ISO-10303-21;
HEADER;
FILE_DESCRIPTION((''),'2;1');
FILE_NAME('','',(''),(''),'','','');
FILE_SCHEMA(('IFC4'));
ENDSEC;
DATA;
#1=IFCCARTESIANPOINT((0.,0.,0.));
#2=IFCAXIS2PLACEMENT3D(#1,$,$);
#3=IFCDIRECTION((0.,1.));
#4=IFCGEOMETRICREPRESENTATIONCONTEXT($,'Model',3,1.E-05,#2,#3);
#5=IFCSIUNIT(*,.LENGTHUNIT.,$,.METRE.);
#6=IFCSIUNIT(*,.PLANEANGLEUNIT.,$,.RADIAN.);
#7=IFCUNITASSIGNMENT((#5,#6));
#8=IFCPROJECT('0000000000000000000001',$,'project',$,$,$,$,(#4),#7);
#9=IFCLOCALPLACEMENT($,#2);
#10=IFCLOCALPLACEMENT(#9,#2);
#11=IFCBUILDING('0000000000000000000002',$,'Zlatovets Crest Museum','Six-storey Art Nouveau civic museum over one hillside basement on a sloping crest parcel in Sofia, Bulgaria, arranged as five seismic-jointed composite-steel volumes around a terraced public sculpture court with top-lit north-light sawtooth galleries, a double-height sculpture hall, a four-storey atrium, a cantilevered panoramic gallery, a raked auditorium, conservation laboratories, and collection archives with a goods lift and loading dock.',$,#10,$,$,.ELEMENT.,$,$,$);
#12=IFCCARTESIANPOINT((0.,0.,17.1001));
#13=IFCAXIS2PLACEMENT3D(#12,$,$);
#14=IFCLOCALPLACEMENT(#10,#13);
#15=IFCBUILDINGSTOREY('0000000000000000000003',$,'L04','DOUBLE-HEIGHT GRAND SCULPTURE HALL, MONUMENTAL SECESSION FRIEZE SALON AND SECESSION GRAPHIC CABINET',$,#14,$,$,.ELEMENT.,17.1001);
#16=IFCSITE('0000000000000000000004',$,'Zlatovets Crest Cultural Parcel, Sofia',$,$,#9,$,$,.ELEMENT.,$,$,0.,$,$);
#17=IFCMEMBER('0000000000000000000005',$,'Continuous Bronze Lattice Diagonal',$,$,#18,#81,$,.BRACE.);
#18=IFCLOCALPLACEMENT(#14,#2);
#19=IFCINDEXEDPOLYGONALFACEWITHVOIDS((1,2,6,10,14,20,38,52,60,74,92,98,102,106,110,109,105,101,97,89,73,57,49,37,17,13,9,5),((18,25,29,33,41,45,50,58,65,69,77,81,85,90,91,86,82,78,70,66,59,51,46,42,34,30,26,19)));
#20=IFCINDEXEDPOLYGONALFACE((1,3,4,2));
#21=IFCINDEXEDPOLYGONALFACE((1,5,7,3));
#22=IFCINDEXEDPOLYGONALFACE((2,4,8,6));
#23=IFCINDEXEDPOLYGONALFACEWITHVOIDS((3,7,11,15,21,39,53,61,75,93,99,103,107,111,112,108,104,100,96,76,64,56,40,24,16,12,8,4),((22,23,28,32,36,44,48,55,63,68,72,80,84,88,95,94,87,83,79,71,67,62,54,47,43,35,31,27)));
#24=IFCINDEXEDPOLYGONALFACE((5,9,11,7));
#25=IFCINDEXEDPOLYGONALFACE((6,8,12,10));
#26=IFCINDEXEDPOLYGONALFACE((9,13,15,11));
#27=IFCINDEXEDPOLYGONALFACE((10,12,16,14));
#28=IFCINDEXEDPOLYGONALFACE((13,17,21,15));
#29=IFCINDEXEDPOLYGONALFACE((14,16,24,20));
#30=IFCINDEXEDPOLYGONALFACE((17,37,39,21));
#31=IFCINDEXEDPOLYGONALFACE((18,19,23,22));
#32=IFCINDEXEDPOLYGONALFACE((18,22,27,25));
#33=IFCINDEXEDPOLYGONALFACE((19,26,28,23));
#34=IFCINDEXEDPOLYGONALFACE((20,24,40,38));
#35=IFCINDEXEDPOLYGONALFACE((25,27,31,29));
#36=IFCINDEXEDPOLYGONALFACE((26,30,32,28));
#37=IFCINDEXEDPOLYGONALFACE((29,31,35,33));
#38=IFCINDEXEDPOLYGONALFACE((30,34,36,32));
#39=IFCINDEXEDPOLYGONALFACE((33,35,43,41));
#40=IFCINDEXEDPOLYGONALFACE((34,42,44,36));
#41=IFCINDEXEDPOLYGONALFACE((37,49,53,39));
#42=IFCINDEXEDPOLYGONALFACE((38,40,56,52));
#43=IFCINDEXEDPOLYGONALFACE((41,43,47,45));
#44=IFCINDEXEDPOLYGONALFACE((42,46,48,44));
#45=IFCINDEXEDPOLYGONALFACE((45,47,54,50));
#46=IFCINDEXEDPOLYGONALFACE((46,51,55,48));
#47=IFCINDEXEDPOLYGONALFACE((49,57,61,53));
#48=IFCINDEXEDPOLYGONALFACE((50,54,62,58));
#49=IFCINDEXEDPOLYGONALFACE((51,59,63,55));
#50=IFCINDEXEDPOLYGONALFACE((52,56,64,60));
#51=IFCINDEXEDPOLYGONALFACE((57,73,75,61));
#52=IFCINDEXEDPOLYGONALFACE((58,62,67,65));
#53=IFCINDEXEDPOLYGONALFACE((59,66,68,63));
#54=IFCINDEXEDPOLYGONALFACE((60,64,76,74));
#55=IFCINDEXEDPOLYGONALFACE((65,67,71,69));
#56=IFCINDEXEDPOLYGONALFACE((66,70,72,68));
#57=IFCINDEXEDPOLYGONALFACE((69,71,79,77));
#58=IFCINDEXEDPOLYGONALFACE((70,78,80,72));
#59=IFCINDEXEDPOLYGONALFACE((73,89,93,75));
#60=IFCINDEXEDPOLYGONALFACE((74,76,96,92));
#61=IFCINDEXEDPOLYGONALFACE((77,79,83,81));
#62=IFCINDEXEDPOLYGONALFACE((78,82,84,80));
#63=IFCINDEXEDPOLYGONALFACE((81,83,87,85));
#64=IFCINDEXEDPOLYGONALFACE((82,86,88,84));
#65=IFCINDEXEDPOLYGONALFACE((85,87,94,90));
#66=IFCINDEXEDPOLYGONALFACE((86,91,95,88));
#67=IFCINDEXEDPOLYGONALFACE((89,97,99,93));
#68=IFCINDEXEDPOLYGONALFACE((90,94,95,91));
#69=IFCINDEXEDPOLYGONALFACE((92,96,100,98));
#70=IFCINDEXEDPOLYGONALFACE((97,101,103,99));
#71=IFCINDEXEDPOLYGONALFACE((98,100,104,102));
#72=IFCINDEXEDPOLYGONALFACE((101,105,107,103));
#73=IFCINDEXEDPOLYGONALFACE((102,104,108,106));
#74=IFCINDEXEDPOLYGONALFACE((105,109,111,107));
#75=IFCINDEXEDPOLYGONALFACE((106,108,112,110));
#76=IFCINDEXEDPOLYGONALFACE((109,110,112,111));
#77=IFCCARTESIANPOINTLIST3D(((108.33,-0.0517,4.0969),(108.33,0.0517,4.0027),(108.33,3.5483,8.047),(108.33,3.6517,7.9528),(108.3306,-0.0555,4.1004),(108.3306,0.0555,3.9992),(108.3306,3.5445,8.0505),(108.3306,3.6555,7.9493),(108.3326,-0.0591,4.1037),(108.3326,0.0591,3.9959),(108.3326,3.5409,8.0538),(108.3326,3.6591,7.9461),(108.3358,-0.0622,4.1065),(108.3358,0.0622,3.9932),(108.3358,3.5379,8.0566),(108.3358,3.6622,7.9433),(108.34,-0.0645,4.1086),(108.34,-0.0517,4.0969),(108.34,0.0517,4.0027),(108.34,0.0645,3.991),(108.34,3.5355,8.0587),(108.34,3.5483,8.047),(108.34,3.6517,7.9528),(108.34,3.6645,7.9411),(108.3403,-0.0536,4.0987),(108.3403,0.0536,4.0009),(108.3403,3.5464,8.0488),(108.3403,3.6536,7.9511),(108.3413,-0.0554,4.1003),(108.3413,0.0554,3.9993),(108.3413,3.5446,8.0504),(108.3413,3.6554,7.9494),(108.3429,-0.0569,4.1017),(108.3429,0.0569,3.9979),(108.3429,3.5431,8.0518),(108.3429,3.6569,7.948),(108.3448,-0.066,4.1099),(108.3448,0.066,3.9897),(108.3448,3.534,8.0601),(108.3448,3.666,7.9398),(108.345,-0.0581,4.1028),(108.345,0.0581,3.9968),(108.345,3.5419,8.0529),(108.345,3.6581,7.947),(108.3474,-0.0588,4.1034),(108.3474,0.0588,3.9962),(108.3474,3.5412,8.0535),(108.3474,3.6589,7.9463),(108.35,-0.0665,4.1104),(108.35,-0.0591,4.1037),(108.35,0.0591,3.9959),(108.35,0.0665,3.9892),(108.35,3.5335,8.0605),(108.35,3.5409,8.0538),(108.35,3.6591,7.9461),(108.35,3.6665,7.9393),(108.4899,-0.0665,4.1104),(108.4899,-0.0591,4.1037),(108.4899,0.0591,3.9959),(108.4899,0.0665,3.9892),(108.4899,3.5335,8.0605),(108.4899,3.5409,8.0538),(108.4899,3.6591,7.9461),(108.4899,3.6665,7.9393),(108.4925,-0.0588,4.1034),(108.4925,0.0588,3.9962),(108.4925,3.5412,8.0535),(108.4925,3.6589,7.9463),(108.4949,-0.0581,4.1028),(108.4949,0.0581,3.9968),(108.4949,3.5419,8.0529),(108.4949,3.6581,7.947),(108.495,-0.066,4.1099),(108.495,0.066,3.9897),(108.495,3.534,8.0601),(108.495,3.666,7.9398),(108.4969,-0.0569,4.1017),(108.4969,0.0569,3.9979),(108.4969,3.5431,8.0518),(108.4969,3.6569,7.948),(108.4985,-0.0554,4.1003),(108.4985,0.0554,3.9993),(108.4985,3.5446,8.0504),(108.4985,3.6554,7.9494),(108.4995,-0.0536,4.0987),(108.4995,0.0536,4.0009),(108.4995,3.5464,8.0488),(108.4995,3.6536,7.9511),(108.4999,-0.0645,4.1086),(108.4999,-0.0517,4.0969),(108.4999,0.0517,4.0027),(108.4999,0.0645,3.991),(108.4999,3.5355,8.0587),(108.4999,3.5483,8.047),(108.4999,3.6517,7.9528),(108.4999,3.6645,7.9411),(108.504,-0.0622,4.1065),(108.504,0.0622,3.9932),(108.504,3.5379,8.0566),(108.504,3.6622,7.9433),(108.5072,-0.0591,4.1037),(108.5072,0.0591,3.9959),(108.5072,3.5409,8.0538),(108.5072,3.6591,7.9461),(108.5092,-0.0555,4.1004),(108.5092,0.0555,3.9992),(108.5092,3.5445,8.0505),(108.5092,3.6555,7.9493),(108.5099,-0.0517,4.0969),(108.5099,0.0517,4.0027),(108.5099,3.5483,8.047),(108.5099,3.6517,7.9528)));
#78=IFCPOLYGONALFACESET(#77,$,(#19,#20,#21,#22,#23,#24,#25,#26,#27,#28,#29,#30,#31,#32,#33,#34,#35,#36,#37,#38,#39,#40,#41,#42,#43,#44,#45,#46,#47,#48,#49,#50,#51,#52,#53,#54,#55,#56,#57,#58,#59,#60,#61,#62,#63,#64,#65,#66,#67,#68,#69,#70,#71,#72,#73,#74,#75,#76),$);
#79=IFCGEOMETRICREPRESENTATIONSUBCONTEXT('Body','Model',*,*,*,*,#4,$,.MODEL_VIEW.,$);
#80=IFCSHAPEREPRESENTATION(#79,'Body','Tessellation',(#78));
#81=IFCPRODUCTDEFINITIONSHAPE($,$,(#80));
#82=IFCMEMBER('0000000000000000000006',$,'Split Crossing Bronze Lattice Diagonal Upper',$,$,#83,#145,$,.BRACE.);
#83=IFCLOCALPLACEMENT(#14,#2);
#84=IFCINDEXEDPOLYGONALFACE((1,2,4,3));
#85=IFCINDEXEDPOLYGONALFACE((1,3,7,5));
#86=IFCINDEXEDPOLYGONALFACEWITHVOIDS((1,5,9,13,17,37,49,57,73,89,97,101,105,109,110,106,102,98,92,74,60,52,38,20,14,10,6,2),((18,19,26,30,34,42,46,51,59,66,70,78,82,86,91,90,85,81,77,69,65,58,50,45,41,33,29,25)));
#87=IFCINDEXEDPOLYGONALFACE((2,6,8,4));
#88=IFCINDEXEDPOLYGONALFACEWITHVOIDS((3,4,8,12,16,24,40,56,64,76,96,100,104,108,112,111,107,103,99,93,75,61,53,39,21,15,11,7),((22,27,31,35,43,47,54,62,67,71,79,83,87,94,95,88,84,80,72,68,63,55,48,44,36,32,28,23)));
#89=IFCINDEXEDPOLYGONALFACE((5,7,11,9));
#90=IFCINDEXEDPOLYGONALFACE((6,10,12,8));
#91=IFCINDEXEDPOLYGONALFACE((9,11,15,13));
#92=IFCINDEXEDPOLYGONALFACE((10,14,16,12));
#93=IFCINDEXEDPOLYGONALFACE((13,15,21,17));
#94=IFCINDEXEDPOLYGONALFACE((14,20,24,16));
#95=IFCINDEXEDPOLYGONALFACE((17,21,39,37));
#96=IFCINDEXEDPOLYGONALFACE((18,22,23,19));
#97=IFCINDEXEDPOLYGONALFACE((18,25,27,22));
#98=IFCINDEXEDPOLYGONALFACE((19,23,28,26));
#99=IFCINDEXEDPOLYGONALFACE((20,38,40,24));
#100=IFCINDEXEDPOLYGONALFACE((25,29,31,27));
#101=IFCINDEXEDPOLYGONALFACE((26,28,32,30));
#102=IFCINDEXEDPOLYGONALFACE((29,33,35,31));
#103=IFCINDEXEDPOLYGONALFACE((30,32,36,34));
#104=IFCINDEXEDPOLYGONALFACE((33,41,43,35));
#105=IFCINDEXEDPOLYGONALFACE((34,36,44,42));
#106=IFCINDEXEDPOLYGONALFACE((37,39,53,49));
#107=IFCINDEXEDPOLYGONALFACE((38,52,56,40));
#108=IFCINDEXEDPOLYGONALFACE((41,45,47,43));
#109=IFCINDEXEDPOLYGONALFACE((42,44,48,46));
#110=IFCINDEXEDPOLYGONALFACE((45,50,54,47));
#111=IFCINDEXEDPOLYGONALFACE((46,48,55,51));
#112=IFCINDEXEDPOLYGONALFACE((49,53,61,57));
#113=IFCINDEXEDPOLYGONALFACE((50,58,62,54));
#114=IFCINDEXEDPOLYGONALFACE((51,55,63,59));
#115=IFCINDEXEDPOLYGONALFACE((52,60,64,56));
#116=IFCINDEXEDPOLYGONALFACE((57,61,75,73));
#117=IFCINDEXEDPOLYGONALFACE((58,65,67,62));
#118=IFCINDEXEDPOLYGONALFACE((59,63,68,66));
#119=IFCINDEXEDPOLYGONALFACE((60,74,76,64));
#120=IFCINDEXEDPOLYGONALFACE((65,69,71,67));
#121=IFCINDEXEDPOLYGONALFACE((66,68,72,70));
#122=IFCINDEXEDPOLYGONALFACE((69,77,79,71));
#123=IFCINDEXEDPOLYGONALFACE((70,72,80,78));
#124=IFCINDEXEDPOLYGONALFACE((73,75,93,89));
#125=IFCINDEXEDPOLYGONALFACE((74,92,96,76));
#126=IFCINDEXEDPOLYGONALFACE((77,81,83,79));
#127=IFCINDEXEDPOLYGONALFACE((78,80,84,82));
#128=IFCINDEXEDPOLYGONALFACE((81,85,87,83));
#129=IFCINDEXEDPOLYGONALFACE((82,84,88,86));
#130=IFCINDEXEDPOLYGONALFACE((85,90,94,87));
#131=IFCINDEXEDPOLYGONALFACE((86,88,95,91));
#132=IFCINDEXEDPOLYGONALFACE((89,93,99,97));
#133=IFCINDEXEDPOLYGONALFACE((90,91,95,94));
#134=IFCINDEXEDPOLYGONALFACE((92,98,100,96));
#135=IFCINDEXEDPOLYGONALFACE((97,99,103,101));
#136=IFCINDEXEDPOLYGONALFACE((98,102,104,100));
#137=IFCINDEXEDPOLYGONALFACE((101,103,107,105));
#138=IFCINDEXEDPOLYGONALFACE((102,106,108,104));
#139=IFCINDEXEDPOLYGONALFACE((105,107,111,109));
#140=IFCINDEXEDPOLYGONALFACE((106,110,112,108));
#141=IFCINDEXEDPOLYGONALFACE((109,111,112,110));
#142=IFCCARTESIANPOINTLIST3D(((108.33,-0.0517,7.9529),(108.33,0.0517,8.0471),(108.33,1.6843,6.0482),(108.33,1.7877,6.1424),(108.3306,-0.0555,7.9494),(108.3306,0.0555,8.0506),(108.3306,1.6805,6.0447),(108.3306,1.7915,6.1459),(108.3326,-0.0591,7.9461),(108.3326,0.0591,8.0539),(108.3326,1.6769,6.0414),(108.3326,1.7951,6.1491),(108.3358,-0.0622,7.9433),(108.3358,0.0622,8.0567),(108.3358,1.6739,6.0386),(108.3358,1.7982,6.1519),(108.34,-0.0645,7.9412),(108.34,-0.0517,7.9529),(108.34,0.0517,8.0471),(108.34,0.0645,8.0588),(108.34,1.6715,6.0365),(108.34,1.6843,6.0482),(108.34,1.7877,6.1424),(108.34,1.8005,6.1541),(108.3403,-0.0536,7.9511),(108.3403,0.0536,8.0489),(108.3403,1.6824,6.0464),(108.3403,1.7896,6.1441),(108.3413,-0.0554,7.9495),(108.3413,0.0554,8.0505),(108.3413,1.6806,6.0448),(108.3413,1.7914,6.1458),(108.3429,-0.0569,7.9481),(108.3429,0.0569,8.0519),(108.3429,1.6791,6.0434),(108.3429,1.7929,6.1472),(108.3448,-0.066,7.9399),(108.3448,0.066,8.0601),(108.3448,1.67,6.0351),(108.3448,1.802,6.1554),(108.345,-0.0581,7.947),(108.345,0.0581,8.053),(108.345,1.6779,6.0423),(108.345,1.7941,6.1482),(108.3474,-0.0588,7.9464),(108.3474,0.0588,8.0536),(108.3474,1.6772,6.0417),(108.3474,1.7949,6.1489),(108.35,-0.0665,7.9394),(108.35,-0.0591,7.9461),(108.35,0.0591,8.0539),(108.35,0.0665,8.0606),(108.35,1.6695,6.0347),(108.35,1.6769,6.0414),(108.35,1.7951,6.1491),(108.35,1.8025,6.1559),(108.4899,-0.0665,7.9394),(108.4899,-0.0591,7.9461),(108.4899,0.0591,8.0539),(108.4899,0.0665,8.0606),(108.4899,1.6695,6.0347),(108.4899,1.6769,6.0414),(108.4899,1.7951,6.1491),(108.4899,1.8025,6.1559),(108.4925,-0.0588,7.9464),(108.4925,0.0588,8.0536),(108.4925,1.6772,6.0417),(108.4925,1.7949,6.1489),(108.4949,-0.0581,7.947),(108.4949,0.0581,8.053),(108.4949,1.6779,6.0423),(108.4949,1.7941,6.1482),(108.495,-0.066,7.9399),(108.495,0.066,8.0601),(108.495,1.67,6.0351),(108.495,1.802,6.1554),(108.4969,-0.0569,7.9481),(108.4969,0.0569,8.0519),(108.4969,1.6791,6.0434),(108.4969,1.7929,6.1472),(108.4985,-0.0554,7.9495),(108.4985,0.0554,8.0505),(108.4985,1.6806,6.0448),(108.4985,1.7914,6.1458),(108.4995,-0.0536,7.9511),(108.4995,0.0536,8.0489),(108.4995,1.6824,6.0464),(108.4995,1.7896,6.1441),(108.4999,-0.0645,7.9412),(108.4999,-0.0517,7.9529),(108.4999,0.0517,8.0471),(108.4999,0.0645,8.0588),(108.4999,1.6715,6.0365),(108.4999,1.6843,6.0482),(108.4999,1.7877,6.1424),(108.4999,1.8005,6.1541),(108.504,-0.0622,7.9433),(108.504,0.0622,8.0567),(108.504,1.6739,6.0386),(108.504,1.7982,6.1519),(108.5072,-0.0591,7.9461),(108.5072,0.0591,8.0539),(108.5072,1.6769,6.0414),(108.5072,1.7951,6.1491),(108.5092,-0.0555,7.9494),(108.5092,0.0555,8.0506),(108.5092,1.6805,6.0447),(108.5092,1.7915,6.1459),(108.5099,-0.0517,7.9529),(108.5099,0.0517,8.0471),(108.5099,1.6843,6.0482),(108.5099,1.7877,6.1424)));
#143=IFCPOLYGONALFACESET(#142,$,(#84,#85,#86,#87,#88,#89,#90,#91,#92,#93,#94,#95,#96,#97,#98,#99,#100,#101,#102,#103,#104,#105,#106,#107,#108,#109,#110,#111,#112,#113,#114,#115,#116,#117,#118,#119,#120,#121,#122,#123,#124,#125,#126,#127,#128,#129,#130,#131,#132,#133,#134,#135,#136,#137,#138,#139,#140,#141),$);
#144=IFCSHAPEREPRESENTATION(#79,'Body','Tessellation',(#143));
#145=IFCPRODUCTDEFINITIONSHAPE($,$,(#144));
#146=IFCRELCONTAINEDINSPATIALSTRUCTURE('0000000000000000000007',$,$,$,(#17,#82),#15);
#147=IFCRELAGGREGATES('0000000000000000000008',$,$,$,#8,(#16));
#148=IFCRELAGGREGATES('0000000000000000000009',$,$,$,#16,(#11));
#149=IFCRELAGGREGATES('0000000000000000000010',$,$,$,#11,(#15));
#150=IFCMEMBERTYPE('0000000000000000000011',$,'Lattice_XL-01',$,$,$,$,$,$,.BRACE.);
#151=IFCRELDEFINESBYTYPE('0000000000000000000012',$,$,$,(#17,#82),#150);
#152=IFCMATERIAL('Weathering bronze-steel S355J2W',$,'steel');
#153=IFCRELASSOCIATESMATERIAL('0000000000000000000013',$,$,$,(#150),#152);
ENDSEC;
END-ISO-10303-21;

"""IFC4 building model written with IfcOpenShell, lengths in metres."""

from ifc_helpers import new_model, si_unit, direction, frame, origin, origin_2d, place, context, subcontext, project, spatial, hollow_rectangle, extrude, material, material_profile, profile_set, type_object, element, save


model = new_model("IFC4")

# Units and contexts
model_context = context("Model", 3, precision=1e-05, world=origin(), true_north=direction((0.0, 1.0)))
body_context = subcontext(model_context, "Body", "Model", "MODEL_VIEW")
ifc_project = project(units=[si_unit("LENGTHUNIT", "METRE"), si_unit("PLANEANGLEUNIT", "RADIAN")], contexts=[model_context])

# Site, building, storey
site_placement = place(None, origin())
site = spatial("IfcSite", under=ifc_project, at=site_placement, Name="Zlatovets Crest Cultural Parcel, Sofia", CompositionType="ELEMENT", RefElevation=0.0)
building_placement = place(site_placement, origin())
building = spatial("IfcBuilding", under=site, at=building_placement, Name="Zlatovets Crest Museum", Description="Six-storey Art Nouveau civic museum over one hillside basement on a sloping crest parcel in Sofia, Bulgaria, arranged as five seismic-jointed composite-steel volumes around a terraced public sculpture court with top-lit north-light sawtooth galleries, a double-height sculpture hall, a four-storey atrium, a cantilevered panoramic gallery, a raked auditorium, conservation laboratories, and collection archives with a goods lift and loading dock.", CompositionType="ELEMENT")
storey_placement = place(building_placement, frame((0.0, 0.0, 17.1001)))
storey = spatial("IfcBuildingStorey", under=building, at=storey_placement, Name="L04", Description="DOUBLE-HEIGHT GRAND SCULPTURE HALL, MONUMENTAL SECESSION FRIEZE SALON AND SECESSION GRAPHIC CABINET", CompositionType="ELEMENT", Elevation=17.1001)

# Members
ifc_material_1 = material(Name="Weathering bronze-steel S355J2W", Category="steel")
ifc_material_profile_1 = material_profile(ifc_material_1, hollow_rectangle(XDim=0.1799, YDim=0.1799, WallThickness=0.01, InnerFilletRadius=0.01, OuterFilletRadius=0.02, at=origin_2d()), Name="SHS 180x180x10.0")
ifc_profile_set_1 = profile_set([ifc_material_profile_1], Name="Weathering bronze-steel S355J2W")
member_type_1 = type_object("IfcMemberType", Name="Lattice_XL-01", PredefinedType="BRACE", material=ifc_profile_set_1)
member_1_placement = place(storey_placement, frame((108.4199, 0.0, 4.0498), z_axis=(0.0, 0.673595, 0.7391), x_axis=(-1.0, 0.0, 0.0)))
element("IfcMember", 1, at=member_1_placement, inside=storey, type_object=member_type_1, Name="Continuous Bronze Lattice Diagonal", PredefinedType="BRACE", context=body_context, shape_type="SweptSolid", body=[
    extrude(hollow_rectangle(XDim=0.1799, YDim=0.1799, WallThickness=0.01, InnerFilletRadius=0.01, OuterFilletRadius=0.02, at=origin_2d()), origin(), (0.0, 0.0, 1.0), 5.3445),
])
for number, where, z_axis, x_axis, name in (
    (2, (108.4199, 0.0, 8.0), (0.0, 0.67362, -0.739078), (-1.0, 0.0, 0.0), "Split Crossing Bronze Lattice Diagonal Upper"),
):
    element("IfcMember", number, at=place(storey_placement, frame(where, z_axis=z_axis, x_axis=x_axis)), inside=storey, type_object=member_type_1, Name=name, PredefinedType="BRACE", context=body_context, shape_type="SweptSolid", body=[
        extrude(hollow_rectangle(XDim=0.1799, YDim=0.1799, WallThickness=0.01, InnerFilletRadius=0.01, OuterFilletRadius=0.02, at=origin_2d()), origin(), (0.0, 0.0, 1.0), 2.5771),
    ])

save(model, "model.ifc")
